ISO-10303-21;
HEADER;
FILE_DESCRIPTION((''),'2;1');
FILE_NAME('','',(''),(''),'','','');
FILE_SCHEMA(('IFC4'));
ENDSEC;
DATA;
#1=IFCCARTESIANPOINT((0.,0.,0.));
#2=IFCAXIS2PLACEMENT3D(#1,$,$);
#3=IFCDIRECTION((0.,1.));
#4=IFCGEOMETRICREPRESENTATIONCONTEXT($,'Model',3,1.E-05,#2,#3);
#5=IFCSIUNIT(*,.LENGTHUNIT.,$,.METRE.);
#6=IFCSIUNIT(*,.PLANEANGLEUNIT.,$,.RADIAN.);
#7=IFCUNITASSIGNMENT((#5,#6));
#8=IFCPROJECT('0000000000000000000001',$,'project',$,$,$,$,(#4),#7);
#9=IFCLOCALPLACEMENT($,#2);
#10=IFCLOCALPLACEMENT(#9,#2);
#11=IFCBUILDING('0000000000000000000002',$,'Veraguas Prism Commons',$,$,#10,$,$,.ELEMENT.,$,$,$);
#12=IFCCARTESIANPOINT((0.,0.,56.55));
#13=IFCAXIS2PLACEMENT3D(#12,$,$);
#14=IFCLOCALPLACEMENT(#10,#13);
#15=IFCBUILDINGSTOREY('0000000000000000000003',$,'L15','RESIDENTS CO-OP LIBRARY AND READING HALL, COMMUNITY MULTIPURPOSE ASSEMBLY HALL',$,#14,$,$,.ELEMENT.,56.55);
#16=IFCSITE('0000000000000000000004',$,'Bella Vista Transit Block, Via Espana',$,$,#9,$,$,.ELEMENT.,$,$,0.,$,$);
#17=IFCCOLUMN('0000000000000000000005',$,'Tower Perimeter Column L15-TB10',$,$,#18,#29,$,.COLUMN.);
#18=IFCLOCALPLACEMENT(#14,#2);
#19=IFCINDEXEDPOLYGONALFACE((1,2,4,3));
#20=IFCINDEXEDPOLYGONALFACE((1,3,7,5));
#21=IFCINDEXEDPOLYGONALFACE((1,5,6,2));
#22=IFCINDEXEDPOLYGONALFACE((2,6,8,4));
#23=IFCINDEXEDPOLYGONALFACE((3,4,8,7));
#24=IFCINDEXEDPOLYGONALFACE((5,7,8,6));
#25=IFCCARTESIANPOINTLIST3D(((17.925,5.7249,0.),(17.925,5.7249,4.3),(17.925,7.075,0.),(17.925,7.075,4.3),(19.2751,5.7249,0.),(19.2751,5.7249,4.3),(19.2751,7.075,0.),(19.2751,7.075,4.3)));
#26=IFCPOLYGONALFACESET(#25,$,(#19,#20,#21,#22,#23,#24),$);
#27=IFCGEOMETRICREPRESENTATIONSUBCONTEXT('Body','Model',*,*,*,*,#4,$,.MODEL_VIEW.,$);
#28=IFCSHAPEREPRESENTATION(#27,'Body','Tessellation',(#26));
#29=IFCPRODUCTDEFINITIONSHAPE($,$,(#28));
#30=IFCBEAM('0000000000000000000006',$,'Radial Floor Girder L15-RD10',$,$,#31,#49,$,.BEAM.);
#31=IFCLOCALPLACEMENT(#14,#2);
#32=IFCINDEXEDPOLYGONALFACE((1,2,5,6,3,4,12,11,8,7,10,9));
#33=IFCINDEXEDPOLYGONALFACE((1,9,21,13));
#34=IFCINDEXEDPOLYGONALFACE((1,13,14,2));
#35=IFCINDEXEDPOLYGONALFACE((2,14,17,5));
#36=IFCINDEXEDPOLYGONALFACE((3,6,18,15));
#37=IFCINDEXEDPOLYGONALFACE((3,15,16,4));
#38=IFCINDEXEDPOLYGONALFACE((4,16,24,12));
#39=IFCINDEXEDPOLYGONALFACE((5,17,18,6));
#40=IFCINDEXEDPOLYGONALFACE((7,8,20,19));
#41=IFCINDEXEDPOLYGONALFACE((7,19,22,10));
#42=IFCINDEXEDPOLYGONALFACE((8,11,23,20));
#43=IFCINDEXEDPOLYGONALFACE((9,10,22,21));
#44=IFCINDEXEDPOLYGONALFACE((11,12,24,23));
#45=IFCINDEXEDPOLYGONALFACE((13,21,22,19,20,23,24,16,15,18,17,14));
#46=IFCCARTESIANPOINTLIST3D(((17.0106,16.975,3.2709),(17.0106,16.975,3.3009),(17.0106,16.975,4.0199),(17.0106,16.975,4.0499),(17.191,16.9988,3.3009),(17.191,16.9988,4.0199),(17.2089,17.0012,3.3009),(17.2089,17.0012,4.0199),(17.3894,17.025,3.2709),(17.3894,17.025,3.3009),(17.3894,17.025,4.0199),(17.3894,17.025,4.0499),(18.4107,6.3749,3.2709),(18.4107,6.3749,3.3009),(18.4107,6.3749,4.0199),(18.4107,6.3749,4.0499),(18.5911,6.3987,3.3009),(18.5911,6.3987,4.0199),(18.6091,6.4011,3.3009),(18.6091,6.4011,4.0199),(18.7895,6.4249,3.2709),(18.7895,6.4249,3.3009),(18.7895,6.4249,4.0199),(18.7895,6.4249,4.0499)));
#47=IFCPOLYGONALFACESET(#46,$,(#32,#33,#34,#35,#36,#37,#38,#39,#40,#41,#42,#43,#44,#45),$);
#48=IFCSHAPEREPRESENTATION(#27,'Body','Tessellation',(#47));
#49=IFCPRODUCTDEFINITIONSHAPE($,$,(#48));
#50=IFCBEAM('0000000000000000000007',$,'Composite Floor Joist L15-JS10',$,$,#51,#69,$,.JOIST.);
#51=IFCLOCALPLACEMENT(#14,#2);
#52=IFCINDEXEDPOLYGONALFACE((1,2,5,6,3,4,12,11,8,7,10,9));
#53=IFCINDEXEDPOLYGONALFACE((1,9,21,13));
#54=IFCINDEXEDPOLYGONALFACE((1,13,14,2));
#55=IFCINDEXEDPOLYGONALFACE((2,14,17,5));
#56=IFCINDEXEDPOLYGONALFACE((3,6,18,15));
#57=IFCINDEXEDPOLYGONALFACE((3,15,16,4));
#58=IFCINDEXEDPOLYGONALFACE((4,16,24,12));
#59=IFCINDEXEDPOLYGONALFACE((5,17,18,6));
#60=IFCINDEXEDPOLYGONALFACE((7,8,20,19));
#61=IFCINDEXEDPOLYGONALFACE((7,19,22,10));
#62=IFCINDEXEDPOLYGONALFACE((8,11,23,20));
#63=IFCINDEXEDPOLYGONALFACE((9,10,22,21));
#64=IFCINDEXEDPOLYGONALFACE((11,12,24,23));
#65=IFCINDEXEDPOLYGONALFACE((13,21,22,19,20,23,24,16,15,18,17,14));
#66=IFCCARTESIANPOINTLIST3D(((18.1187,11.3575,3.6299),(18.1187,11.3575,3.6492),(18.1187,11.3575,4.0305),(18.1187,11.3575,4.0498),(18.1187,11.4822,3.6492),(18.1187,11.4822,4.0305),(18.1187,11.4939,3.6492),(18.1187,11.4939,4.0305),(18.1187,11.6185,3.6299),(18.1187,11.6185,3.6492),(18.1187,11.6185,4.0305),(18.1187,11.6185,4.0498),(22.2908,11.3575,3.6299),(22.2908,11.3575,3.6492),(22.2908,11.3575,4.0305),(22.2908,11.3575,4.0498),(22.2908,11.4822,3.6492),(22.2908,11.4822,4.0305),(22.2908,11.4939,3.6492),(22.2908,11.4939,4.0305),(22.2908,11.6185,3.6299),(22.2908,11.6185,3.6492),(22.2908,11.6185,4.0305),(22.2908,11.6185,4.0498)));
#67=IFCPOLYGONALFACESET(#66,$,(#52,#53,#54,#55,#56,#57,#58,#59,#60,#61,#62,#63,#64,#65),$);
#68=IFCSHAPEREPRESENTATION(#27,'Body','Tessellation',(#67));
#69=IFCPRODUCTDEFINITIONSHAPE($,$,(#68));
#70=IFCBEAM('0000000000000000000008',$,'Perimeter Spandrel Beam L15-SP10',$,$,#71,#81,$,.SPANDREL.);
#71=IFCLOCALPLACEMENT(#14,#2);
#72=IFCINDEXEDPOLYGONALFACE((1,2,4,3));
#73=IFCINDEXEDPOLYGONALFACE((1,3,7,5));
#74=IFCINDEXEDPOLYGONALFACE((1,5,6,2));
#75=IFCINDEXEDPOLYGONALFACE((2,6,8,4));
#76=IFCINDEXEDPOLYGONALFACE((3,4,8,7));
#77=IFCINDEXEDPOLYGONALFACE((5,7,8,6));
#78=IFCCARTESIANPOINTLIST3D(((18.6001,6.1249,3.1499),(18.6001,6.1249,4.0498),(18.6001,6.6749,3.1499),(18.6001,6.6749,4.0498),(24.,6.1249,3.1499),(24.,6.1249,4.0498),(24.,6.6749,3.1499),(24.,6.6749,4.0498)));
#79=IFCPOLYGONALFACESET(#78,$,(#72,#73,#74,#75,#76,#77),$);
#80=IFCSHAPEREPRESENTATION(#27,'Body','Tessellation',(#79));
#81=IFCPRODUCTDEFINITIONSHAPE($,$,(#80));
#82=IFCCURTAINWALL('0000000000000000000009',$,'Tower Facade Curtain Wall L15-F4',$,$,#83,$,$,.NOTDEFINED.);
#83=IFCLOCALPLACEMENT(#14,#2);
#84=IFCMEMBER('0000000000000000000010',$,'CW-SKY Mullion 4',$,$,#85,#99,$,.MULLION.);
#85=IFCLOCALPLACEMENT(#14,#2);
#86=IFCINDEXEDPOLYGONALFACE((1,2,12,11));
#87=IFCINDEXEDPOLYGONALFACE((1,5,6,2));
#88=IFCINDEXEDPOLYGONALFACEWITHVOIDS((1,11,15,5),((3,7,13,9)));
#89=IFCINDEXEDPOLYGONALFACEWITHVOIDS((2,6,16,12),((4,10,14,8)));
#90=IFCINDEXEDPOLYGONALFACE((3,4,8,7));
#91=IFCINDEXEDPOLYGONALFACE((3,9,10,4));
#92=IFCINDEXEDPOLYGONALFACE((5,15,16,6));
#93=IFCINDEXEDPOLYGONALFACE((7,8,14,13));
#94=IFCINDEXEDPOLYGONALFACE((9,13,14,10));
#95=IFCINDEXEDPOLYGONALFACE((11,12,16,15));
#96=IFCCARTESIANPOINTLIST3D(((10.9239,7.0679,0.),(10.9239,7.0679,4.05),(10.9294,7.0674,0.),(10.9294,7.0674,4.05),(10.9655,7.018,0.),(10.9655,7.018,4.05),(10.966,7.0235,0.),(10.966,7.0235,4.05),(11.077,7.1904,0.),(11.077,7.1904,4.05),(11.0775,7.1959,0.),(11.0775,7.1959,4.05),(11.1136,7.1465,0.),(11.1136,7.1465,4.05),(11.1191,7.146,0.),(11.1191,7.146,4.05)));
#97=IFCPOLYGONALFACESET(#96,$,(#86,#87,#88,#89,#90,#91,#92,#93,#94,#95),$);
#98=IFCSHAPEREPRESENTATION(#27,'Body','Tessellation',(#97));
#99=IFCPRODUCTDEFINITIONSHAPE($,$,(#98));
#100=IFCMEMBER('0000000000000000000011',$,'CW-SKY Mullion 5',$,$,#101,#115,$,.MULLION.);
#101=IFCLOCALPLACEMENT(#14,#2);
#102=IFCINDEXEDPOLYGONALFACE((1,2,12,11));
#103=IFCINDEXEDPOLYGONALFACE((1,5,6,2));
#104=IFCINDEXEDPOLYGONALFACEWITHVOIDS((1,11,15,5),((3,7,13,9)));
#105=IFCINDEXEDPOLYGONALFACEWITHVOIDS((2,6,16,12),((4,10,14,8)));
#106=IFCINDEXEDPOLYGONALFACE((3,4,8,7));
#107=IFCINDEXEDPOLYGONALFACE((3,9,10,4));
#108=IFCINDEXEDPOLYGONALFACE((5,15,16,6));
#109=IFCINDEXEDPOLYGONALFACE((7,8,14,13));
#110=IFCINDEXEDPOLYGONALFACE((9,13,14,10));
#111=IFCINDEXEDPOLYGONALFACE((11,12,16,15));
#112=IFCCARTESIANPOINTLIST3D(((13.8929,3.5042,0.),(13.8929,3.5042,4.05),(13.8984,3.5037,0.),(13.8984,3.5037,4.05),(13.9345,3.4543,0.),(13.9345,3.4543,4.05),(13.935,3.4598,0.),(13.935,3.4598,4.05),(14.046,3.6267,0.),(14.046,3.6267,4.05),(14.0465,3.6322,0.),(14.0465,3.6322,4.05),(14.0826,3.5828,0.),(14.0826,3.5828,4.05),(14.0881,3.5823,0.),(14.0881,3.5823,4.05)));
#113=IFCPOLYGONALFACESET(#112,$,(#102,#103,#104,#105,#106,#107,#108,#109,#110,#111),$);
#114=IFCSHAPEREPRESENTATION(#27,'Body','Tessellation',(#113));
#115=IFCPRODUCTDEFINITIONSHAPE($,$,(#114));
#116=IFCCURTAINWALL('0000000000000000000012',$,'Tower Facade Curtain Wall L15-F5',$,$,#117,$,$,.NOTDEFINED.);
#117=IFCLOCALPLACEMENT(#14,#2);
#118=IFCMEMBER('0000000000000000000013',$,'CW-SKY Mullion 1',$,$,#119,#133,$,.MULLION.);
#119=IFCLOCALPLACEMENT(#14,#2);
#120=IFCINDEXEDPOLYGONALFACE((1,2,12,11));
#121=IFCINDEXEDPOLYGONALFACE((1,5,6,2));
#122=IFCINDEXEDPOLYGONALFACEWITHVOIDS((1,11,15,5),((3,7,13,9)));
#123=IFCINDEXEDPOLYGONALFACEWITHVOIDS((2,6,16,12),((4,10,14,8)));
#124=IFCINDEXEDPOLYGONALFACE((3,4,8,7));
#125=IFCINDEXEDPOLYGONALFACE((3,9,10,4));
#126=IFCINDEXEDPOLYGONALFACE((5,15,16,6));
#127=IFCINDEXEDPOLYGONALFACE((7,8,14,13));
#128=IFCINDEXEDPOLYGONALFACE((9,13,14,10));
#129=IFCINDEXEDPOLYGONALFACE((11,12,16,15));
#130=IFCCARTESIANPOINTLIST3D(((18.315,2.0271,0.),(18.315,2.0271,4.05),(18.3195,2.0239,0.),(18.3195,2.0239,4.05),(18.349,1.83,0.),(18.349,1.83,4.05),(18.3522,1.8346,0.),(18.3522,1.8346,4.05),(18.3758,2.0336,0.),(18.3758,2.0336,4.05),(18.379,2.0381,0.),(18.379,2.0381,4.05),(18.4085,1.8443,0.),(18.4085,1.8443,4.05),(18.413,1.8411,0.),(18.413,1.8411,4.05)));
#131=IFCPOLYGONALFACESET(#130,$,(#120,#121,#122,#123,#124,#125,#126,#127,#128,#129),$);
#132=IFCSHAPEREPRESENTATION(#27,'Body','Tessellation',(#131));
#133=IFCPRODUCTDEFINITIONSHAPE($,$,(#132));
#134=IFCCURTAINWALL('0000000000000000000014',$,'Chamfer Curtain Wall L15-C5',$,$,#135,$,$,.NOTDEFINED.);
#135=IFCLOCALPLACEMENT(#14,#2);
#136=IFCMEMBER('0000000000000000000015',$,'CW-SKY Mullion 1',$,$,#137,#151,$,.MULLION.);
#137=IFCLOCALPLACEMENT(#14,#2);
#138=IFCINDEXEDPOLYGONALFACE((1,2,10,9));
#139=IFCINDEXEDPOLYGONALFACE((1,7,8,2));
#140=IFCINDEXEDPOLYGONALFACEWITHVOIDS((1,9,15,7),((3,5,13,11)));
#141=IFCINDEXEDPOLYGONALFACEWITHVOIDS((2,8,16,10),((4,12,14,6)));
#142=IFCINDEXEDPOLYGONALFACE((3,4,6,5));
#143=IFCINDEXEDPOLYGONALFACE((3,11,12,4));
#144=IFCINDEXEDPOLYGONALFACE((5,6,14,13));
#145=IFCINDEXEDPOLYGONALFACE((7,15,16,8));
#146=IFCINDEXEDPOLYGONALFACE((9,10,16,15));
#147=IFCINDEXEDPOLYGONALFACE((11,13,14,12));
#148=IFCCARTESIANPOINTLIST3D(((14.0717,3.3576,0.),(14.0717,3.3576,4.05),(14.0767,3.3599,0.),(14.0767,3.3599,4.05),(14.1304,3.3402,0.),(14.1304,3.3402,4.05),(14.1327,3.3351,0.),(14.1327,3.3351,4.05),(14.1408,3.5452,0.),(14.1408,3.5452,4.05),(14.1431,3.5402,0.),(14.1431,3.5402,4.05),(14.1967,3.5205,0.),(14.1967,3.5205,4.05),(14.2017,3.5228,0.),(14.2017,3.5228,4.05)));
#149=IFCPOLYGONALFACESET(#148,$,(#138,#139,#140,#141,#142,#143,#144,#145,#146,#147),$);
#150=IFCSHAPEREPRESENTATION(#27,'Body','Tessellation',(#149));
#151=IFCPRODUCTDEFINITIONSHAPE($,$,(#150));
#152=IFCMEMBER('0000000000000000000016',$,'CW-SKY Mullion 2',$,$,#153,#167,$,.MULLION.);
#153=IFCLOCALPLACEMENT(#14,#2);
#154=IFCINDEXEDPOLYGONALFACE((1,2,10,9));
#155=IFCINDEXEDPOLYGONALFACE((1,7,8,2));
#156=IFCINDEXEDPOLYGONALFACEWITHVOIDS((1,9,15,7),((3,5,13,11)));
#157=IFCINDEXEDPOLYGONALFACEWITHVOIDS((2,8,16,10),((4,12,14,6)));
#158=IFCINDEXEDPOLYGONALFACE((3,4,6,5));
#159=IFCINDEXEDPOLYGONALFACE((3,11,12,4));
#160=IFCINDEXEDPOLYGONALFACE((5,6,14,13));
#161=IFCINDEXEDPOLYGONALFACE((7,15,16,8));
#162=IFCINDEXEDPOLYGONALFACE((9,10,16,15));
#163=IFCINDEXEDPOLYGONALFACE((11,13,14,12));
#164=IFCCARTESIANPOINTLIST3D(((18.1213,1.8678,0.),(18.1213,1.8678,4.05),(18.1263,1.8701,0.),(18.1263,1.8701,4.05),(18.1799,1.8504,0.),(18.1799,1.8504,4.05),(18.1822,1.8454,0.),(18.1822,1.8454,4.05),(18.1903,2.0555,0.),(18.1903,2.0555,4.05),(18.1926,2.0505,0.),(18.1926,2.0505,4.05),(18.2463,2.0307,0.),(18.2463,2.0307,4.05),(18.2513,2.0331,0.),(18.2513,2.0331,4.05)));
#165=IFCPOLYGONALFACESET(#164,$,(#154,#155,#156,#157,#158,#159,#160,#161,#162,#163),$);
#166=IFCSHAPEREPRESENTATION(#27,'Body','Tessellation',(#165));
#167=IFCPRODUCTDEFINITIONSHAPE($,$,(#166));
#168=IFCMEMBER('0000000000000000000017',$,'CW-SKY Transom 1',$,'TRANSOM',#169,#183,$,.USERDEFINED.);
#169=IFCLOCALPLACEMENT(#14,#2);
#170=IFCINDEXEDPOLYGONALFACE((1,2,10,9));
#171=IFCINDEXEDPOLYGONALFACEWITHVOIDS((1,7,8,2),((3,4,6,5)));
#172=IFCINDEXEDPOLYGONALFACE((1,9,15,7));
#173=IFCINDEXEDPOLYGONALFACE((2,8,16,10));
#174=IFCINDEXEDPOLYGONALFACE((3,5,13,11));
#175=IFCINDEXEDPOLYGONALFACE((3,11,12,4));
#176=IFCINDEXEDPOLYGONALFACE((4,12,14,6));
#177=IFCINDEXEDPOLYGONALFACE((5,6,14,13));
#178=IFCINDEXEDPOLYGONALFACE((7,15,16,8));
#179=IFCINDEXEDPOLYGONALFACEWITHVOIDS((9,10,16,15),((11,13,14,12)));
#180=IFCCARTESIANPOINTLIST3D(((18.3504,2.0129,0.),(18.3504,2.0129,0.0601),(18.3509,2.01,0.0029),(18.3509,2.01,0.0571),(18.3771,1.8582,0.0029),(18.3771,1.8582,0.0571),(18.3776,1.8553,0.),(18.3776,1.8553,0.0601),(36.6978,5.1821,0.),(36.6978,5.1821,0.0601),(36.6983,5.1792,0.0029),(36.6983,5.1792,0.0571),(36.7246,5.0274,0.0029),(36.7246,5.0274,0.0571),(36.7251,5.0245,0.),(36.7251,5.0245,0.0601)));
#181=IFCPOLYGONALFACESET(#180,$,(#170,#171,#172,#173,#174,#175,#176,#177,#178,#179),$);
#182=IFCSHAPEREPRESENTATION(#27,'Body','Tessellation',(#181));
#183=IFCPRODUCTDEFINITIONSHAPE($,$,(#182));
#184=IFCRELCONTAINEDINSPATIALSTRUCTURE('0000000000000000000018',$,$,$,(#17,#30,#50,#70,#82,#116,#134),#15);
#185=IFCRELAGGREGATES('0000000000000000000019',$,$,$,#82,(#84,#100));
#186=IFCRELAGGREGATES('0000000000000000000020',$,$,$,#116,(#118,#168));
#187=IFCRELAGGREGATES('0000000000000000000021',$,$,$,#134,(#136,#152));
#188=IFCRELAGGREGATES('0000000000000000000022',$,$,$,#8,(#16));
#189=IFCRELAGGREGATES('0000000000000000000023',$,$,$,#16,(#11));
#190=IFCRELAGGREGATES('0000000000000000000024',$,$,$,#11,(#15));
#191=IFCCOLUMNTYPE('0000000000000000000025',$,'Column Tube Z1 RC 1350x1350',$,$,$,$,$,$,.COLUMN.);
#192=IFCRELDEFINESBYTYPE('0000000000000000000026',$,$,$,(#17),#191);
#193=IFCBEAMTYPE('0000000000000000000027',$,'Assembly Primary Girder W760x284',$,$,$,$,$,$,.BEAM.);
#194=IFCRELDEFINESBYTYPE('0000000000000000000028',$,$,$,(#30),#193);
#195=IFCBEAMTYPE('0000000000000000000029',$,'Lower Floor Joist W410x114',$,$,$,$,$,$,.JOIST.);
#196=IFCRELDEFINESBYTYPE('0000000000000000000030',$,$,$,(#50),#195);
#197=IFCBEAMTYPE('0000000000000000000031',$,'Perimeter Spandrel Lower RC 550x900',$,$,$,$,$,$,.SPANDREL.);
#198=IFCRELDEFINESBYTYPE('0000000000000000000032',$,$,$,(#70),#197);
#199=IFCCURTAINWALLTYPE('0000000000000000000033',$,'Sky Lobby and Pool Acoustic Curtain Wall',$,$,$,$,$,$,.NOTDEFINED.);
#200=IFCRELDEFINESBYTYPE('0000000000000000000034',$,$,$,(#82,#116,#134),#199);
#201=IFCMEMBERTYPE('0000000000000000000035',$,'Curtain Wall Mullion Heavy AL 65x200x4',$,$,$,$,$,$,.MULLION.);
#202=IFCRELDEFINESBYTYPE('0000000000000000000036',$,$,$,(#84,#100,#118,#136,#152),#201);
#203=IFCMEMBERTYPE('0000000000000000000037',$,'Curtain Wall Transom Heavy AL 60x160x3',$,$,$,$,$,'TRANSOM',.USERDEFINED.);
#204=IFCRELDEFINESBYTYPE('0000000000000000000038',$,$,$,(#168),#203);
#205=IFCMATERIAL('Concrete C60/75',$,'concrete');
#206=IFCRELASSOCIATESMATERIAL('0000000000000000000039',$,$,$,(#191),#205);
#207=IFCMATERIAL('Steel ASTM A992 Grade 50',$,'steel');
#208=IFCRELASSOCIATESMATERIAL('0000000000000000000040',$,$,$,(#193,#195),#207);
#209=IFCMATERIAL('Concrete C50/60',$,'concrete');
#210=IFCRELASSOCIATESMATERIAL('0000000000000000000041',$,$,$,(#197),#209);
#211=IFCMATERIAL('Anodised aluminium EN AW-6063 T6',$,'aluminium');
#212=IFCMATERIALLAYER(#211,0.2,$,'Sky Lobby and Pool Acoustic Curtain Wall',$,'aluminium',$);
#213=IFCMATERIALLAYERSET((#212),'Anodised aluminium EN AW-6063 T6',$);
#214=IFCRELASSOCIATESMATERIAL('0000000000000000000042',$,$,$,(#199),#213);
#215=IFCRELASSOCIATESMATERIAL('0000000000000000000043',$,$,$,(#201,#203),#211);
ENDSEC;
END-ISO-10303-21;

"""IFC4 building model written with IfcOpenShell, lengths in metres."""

from ifc_helpers import new_model, si_unit, direction, frame, origin, origin_2d, place, context, subcontext, project, spatial, rectangle, hollow_rectangle, i_section, extrude, source, transform, mapped, material, layer, layer_set, material_profile, profile_set, type_object, element, aggregate, save


model = new_model("IFC4")

# Units and contexts
model_context = context("Model", 3, precision=1e-05, world=origin(), true_north=direction((0.0, 1.0)))
body_context = subcontext(model_context, "Body", "Model", "MODEL_VIEW")
ifc_project = project(units=[si_unit("LENGTHUNIT", "METRE"), si_unit("PLANEANGLEUNIT", "RADIAN")], contexts=[model_context])

# Site, building, storey
site_placement = place(None, origin())
site = spatial("IfcSite", under=ifc_project, at=site_placement, Name="Bella Vista Transit Block, Via Espana", CompositionType="ELEMENT", RefElevation=0.0)
building_placement = place(site_placement, origin())
building = spatial("IfcBuilding", under=site, at=building_placement, Name="Veraguas Prism Commons", CompositionType="ELEMENT")
storey_placement = place(building_placement, frame((0.0, 0.0, 56.55)))
storey = spatial("IfcBuildingStorey", under=building, at=storey_placement, Name="L15", Description="RESIDENTS CO-OP LIBRARY AND READING HALL, COMMUNITY MULTIPURPOSE ASSEMBLY HALL", CompositionType="ELEMENT", Elevation=56.55)

# Column
ifc_material_1 = material(Name="Concrete C60/75", Category="concrete")
ifc_material_profile_1 = material_profile(ifc_material_1, rectangle(XDim=1.3501, YDim=1.3501, at=origin_2d()), Name="RC1350X1350")
ifc_profile_set_1 = profile_set([ifc_material_profile_1], Name="Concrete C60/75")
column_type = type_object("IfcColumnType", Name="Column Tube Z1 RC 1350x1350", PredefinedType="COLUMN", material=ifc_profile_set_1)
column_placement = place(storey_placement, frame((18.6001, 6.3999, 0.0), z_axis=(0.0, 0.0, 1.0), x_axis=(1.0, 0.0, 0.0)))
element("IfcColumn", 1, at=column_placement, inside=storey, type_object=column_type, Name="Tower Perimeter Column L15-TB10", PredefinedType="COLUMN", context=body_context, shape_type="SweptSolid", body=[
    extrude(rectangle(XDim=1.3501, YDim=1.3501, at=origin_2d()), origin(), (0.0, 0.0, 1.0), 4.3),
])

# Beams
ifc_material_2 = material(Name="Steel ASTM A992 Grade 50", Category="steel")
ifc_material_profile_2 = material_profile(ifc_material_2, i_section(OverallWidth=0.3821, OverallDepth=0.7791, WebThickness=0.0181, FlangeThickness=0.03, at=origin_2d()), Name="W760X284")
ifc_profile_set_2 = profile_set([ifc_material_profile_2], Name="Steel ASTM A992 Grade 50")
beam_type_1 = type_object("IfcBeamType", Name="Assembly Primary Girder W760x284", PredefinedType="BEAM", material=ifc_profile_set_2)
beam_1_placement = place(storey_placement, frame((18.6001, 6.3999, 3.6604), z_axis=(-0.130951, 0.991389, 0.0), x_axis=(-0.991389, -0.130951, 0.0)))
element("IfcBeam", 2, at=beam_1_placement, inside=storey, type_object=beam_type_1, Name="Radial Floor Girder L15-RD10", PredefinedType="BEAM", context=body_context, shape_type="SweptSolid", body=[
    extrude(i_section(OverallWidth=0.3821, OverallDepth=0.7791, WebThickness=0.0181, FlangeThickness=0.03, at=origin_2d()), origin(), (0.0, 0.0, 1.0), 10.6921),
])
ifc_material_profile_3 = material_profile(ifc_material_2, i_section(OverallWidth=0.261, OverallDepth=0.4199, WebThickness=0.0117, FlangeThickness=0.0193, at=origin_2d()), Name="W410X114")
ifc_profile_set_3 = profile_set([ifc_material_profile_3], Name="Steel ASTM A992 Grade 50")
beam_type_2 = type_object("IfcBeamType", Name="Lower Floor Joist W410x114", PredefinedType="JOIST", material=ifc_profile_set_3)
beam_2_placement = place(storey_placement, frame((18.1187, 11.488, 3.8398), z_axis=(1.0, 0.0, 0.0), x_axis=(0.0, 1.0, 0.0)))
element("IfcBeam", 3, at=beam_2_placement, inside=storey, type_object=beam_type_2, Name="Composite Floor Joist L15-JS10", PredefinedType="JOIST", context=body_context, shape_type="SweptSolid", body=[
    extrude(i_section(OverallWidth=0.261, OverallDepth=0.4199, WebThickness=0.0117, FlangeThickness=0.0193, at=origin_2d()), origin(), (0.0, 0.0, 1.0), 4.1721),
])
ifc_material_3 = material(Name="Concrete C50/60", Category="concrete")
ifc_material_profile_4 = material_profile(ifc_material_3, rectangle(XDim=0.55, YDim=0.8999, at=origin_2d()), Name="RC550X900")
ifc_profile_set_4 = profile_set([ifc_material_profile_4], Name="Concrete C50/60")
beam_type_3 = type_object("IfcBeamType", Name="Perimeter Spandrel Lower RC 550x900", PredefinedType="SPANDREL", material=ifc_profile_set_4)
beam_3_placement = place(storey_placement, frame((18.6001, 6.3999, 3.5999), z_axis=(1.0, 0.0, 0.0), x_axis=(0.0, 1.0, 0.0)))
element("IfcBeam", 4, at=beam_3_placement, inside=storey, type_object=beam_type_3, Name="Perimeter Spandrel Beam L15-SP10", PredefinedType="SPANDREL", context=body_context, shape_type="SweptSolid", body=[
    extrude(rectangle(XDim=0.55, YDim=0.8999, at=origin_2d()), origin(), (0.0, 0.0, 1.0), 5.3999),
])

# Curtain wall, members
ifc_material_4 = material(Name="Anodised aluminium EN AW-6063 T6", Category="aluminium")
ifc_layer_1 = layer(ifc_material_4, 0.2, Name="Sky Lobby and Pool Acoustic Curtain Wall", Category="aluminium")
ifc_layer_set_1 = layer_set([ifc_layer_1], Name="Anodised aluminium EN AW-6063 T6")
curtain_wall_type = type_object("IfcCurtainWallType", Name="Sky Lobby and Pool Acoustic Curtain Wall", PredefinedType="NOTDEFINED", material=ifc_layer_set_1)
curtain_wall_1_placement = place(storey_placement, origin())
curtain_wall_1 = element("IfcCurtainWall", 5, at=curtain_wall_1_placement, inside=storey, type_object=curtain_wall_type, Name="Tower Facade Curtain Wall L15-F4", PredefinedType="NOTDEFINED")
ifc_material_profile_5 = material_profile(ifc_material_4, hollow_rectangle(XDim=0.0649, YDim=0.2, WallThickness=0.0039, at=origin_2d()), Name="AL65X200X4")
ifc_profile_set_5 = profile_set([ifc_material_profile_5], Name="Anodised aluminium EN AW-6063 T6")
member_type_1 = type_object("IfcMemberType", Name="Curtain Wall Mullion Heavy AL 65x200x4", PredefinedType="MULLION", material=ifc_profile_set_5)
shared_shape_1 = source(origin(), body_context, "Body", "SweptSolid", [
    extrude(hollow_rectangle(XDim=0.0649, YDim=0.2, WallThickness=0.0039, at=origin_2d()), origin(), (0.0, 0.0, 1.0), 4.05),
])
member_1_placement = place(storey_placement, frame((11.0215, 7.1069, 0.0), z_axis=(0.0, 0.0, 1.0), x_axis=(0.64011, -0.768284, 0.0)))
member_1 = element("IfcMember", 6, at=member_1_placement, type_object=member_type_1, Name="CW-SKY Mullion 4", PredefinedType="MULLION", context=body_context, shape_type="MappedRepresentation", body=[
    mapped(shared_shape_1, transform((0.0, 0.0, 0.0), scale=1.0)),
])
member_2_placement = place(storey_placement, frame((13.9905, 3.5432, 0.0), z_axis=(0.0, 0.0, 1.0), x_axis=(0.64011, -0.768284, 0.0)))
member_2 = element("IfcMember", 7, at=member_2_placement, type_object=member_type_1, Name="CW-SKY Mullion 5", PredefinedType="MULLION", context=body_context, shape_type="MappedRepresentation", body=[
    mapped(shared_shape_1, transform((0.0, 0.0, 0.0), scale=1.0)),
])

# Curtain wall, member
curtain_wall_2_placement = place(storey_placement, origin())
curtain_wall_2 = element("IfcCurtainWall", 8, at=curtain_wall_2_placement, inside=storey, type_object=curtain_wall_type, Name="Tower Facade Curtain Wall L15-F5", PredefinedType="NOTDEFINED")
member_3_placement = place(storey_placement, frame((18.364, 1.9341, 0.0), z_axis=(0.0, 0.0, 1.0), x_axis=(0.985408, 0.170209, 0.0)))
member_3 = element("IfcMember", 9, at=member_3_placement, type_object=member_type_1, Name="CW-SKY Mullion 1", PredefinedType="MULLION", context=body_context, shape_type="MappedRepresentation", body=[
    mapped(shared_shape_1, transform((0.0, 0.0, 0.0), scale=1.0)),
])

# Curtain wall, members
curtain_wall_3_placement = place(storey_placement, origin())
curtain_wall_3 = element("IfcCurtainWall", 10, at=curtain_wall_3_placement, inside=storey, type_object=curtain_wall_type, Name="Chamfer Curtain Wall L15-C5", PredefinedType="NOTDEFINED")
member_4_placement = place(storey_placement, frame((14.1367, 3.4402, 0.0), z_axis=(0.0, 0.0, 1.0), x_axis=(0.938494, -0.345297, 0.0)))
member_4 = element("IfcMember", 11, at=member_4_placement, type_object=member_type_1, Name="CW-SKY Mullion 1", PredefinedType="MULLION", context=body_context, shape_type="MappedRepresentation", body=[
    mapped(shared_shape_1, transform((0.0, 0.0, 0.0), scale=1.0)),
])
member_5_placement = place(storey_placement, frame((18.1863, 1.9504, 0.0), z_axis=(0.0, 0.0, 1.0), x_axis=(0.938494, -0.345297, 0.0)))
member_5 = element("IfcMember", 12, at=member_5_placement, type_object=member_type_1, Name="CW-SKY Mullion 2", PredefinedType="MULLION", context=body_context, shape_type="MappedRepresentation", body=[
    mapped(shared_shape_1, transform((0.0, 0.0, 0.0), scale=1.0)),
])

# Member
ifc_material_profile_6 = material_profile(ifc_material_4, hollow_rectangle(XDim=0.0601, YDim=0.1599, WallThickness=0.0029, at=origin_2d()), Name="AL60X160X3")
ifc_profile_set_6 = profile_set([ifc_material_profile_6], Name="Anodised aluminium EN AW-6063 T6")
member_type_2 = type_object("IfcMemberType", Name="Curtain Wall Transom Heavy AL 60x160x3", ElementType="TRANSOM", PredefinedType="USERDEFINED", material=ifc_profile_set_6)
shared_shape_2 = source(origin(), body_context, "Body", "SweptSolid", [
    extrude(hollow_rectangle(XDim=0.0601, YDim=0.1599, WallThickness=0.0029, at=origin_2d()), origin(), (0.0, 0.0, 1.0), 18.6191),
])
member_6_placement = place(storey_placement, frame((18.364, 1.9341, 0.03), z_axis=(0.985408, 0.170212, 0.0), x_axis=(0.0, 0.0, 1.0)))
member_6 = element("IfcMember", 13, at=member_6_placement, type_object=member_type_2, Name="CW-SKY Transom 1", ObjectType="TRANSOM", PredefinedType="USERDEFINED", context=body_context, shape_type="MappedRepresentation", body=[
    mapped(shared_shape_2, transform((0.0, 0.0, 0.0), scale=1.0)),
])

aggregate(curtain_wall_1, [member_1, member_2])
aggregate(curtain_wall_2, [member_3, member_6])
aggregate(curtain_wall_3, [member_4, member_5])

save(model, "model.ifc")
